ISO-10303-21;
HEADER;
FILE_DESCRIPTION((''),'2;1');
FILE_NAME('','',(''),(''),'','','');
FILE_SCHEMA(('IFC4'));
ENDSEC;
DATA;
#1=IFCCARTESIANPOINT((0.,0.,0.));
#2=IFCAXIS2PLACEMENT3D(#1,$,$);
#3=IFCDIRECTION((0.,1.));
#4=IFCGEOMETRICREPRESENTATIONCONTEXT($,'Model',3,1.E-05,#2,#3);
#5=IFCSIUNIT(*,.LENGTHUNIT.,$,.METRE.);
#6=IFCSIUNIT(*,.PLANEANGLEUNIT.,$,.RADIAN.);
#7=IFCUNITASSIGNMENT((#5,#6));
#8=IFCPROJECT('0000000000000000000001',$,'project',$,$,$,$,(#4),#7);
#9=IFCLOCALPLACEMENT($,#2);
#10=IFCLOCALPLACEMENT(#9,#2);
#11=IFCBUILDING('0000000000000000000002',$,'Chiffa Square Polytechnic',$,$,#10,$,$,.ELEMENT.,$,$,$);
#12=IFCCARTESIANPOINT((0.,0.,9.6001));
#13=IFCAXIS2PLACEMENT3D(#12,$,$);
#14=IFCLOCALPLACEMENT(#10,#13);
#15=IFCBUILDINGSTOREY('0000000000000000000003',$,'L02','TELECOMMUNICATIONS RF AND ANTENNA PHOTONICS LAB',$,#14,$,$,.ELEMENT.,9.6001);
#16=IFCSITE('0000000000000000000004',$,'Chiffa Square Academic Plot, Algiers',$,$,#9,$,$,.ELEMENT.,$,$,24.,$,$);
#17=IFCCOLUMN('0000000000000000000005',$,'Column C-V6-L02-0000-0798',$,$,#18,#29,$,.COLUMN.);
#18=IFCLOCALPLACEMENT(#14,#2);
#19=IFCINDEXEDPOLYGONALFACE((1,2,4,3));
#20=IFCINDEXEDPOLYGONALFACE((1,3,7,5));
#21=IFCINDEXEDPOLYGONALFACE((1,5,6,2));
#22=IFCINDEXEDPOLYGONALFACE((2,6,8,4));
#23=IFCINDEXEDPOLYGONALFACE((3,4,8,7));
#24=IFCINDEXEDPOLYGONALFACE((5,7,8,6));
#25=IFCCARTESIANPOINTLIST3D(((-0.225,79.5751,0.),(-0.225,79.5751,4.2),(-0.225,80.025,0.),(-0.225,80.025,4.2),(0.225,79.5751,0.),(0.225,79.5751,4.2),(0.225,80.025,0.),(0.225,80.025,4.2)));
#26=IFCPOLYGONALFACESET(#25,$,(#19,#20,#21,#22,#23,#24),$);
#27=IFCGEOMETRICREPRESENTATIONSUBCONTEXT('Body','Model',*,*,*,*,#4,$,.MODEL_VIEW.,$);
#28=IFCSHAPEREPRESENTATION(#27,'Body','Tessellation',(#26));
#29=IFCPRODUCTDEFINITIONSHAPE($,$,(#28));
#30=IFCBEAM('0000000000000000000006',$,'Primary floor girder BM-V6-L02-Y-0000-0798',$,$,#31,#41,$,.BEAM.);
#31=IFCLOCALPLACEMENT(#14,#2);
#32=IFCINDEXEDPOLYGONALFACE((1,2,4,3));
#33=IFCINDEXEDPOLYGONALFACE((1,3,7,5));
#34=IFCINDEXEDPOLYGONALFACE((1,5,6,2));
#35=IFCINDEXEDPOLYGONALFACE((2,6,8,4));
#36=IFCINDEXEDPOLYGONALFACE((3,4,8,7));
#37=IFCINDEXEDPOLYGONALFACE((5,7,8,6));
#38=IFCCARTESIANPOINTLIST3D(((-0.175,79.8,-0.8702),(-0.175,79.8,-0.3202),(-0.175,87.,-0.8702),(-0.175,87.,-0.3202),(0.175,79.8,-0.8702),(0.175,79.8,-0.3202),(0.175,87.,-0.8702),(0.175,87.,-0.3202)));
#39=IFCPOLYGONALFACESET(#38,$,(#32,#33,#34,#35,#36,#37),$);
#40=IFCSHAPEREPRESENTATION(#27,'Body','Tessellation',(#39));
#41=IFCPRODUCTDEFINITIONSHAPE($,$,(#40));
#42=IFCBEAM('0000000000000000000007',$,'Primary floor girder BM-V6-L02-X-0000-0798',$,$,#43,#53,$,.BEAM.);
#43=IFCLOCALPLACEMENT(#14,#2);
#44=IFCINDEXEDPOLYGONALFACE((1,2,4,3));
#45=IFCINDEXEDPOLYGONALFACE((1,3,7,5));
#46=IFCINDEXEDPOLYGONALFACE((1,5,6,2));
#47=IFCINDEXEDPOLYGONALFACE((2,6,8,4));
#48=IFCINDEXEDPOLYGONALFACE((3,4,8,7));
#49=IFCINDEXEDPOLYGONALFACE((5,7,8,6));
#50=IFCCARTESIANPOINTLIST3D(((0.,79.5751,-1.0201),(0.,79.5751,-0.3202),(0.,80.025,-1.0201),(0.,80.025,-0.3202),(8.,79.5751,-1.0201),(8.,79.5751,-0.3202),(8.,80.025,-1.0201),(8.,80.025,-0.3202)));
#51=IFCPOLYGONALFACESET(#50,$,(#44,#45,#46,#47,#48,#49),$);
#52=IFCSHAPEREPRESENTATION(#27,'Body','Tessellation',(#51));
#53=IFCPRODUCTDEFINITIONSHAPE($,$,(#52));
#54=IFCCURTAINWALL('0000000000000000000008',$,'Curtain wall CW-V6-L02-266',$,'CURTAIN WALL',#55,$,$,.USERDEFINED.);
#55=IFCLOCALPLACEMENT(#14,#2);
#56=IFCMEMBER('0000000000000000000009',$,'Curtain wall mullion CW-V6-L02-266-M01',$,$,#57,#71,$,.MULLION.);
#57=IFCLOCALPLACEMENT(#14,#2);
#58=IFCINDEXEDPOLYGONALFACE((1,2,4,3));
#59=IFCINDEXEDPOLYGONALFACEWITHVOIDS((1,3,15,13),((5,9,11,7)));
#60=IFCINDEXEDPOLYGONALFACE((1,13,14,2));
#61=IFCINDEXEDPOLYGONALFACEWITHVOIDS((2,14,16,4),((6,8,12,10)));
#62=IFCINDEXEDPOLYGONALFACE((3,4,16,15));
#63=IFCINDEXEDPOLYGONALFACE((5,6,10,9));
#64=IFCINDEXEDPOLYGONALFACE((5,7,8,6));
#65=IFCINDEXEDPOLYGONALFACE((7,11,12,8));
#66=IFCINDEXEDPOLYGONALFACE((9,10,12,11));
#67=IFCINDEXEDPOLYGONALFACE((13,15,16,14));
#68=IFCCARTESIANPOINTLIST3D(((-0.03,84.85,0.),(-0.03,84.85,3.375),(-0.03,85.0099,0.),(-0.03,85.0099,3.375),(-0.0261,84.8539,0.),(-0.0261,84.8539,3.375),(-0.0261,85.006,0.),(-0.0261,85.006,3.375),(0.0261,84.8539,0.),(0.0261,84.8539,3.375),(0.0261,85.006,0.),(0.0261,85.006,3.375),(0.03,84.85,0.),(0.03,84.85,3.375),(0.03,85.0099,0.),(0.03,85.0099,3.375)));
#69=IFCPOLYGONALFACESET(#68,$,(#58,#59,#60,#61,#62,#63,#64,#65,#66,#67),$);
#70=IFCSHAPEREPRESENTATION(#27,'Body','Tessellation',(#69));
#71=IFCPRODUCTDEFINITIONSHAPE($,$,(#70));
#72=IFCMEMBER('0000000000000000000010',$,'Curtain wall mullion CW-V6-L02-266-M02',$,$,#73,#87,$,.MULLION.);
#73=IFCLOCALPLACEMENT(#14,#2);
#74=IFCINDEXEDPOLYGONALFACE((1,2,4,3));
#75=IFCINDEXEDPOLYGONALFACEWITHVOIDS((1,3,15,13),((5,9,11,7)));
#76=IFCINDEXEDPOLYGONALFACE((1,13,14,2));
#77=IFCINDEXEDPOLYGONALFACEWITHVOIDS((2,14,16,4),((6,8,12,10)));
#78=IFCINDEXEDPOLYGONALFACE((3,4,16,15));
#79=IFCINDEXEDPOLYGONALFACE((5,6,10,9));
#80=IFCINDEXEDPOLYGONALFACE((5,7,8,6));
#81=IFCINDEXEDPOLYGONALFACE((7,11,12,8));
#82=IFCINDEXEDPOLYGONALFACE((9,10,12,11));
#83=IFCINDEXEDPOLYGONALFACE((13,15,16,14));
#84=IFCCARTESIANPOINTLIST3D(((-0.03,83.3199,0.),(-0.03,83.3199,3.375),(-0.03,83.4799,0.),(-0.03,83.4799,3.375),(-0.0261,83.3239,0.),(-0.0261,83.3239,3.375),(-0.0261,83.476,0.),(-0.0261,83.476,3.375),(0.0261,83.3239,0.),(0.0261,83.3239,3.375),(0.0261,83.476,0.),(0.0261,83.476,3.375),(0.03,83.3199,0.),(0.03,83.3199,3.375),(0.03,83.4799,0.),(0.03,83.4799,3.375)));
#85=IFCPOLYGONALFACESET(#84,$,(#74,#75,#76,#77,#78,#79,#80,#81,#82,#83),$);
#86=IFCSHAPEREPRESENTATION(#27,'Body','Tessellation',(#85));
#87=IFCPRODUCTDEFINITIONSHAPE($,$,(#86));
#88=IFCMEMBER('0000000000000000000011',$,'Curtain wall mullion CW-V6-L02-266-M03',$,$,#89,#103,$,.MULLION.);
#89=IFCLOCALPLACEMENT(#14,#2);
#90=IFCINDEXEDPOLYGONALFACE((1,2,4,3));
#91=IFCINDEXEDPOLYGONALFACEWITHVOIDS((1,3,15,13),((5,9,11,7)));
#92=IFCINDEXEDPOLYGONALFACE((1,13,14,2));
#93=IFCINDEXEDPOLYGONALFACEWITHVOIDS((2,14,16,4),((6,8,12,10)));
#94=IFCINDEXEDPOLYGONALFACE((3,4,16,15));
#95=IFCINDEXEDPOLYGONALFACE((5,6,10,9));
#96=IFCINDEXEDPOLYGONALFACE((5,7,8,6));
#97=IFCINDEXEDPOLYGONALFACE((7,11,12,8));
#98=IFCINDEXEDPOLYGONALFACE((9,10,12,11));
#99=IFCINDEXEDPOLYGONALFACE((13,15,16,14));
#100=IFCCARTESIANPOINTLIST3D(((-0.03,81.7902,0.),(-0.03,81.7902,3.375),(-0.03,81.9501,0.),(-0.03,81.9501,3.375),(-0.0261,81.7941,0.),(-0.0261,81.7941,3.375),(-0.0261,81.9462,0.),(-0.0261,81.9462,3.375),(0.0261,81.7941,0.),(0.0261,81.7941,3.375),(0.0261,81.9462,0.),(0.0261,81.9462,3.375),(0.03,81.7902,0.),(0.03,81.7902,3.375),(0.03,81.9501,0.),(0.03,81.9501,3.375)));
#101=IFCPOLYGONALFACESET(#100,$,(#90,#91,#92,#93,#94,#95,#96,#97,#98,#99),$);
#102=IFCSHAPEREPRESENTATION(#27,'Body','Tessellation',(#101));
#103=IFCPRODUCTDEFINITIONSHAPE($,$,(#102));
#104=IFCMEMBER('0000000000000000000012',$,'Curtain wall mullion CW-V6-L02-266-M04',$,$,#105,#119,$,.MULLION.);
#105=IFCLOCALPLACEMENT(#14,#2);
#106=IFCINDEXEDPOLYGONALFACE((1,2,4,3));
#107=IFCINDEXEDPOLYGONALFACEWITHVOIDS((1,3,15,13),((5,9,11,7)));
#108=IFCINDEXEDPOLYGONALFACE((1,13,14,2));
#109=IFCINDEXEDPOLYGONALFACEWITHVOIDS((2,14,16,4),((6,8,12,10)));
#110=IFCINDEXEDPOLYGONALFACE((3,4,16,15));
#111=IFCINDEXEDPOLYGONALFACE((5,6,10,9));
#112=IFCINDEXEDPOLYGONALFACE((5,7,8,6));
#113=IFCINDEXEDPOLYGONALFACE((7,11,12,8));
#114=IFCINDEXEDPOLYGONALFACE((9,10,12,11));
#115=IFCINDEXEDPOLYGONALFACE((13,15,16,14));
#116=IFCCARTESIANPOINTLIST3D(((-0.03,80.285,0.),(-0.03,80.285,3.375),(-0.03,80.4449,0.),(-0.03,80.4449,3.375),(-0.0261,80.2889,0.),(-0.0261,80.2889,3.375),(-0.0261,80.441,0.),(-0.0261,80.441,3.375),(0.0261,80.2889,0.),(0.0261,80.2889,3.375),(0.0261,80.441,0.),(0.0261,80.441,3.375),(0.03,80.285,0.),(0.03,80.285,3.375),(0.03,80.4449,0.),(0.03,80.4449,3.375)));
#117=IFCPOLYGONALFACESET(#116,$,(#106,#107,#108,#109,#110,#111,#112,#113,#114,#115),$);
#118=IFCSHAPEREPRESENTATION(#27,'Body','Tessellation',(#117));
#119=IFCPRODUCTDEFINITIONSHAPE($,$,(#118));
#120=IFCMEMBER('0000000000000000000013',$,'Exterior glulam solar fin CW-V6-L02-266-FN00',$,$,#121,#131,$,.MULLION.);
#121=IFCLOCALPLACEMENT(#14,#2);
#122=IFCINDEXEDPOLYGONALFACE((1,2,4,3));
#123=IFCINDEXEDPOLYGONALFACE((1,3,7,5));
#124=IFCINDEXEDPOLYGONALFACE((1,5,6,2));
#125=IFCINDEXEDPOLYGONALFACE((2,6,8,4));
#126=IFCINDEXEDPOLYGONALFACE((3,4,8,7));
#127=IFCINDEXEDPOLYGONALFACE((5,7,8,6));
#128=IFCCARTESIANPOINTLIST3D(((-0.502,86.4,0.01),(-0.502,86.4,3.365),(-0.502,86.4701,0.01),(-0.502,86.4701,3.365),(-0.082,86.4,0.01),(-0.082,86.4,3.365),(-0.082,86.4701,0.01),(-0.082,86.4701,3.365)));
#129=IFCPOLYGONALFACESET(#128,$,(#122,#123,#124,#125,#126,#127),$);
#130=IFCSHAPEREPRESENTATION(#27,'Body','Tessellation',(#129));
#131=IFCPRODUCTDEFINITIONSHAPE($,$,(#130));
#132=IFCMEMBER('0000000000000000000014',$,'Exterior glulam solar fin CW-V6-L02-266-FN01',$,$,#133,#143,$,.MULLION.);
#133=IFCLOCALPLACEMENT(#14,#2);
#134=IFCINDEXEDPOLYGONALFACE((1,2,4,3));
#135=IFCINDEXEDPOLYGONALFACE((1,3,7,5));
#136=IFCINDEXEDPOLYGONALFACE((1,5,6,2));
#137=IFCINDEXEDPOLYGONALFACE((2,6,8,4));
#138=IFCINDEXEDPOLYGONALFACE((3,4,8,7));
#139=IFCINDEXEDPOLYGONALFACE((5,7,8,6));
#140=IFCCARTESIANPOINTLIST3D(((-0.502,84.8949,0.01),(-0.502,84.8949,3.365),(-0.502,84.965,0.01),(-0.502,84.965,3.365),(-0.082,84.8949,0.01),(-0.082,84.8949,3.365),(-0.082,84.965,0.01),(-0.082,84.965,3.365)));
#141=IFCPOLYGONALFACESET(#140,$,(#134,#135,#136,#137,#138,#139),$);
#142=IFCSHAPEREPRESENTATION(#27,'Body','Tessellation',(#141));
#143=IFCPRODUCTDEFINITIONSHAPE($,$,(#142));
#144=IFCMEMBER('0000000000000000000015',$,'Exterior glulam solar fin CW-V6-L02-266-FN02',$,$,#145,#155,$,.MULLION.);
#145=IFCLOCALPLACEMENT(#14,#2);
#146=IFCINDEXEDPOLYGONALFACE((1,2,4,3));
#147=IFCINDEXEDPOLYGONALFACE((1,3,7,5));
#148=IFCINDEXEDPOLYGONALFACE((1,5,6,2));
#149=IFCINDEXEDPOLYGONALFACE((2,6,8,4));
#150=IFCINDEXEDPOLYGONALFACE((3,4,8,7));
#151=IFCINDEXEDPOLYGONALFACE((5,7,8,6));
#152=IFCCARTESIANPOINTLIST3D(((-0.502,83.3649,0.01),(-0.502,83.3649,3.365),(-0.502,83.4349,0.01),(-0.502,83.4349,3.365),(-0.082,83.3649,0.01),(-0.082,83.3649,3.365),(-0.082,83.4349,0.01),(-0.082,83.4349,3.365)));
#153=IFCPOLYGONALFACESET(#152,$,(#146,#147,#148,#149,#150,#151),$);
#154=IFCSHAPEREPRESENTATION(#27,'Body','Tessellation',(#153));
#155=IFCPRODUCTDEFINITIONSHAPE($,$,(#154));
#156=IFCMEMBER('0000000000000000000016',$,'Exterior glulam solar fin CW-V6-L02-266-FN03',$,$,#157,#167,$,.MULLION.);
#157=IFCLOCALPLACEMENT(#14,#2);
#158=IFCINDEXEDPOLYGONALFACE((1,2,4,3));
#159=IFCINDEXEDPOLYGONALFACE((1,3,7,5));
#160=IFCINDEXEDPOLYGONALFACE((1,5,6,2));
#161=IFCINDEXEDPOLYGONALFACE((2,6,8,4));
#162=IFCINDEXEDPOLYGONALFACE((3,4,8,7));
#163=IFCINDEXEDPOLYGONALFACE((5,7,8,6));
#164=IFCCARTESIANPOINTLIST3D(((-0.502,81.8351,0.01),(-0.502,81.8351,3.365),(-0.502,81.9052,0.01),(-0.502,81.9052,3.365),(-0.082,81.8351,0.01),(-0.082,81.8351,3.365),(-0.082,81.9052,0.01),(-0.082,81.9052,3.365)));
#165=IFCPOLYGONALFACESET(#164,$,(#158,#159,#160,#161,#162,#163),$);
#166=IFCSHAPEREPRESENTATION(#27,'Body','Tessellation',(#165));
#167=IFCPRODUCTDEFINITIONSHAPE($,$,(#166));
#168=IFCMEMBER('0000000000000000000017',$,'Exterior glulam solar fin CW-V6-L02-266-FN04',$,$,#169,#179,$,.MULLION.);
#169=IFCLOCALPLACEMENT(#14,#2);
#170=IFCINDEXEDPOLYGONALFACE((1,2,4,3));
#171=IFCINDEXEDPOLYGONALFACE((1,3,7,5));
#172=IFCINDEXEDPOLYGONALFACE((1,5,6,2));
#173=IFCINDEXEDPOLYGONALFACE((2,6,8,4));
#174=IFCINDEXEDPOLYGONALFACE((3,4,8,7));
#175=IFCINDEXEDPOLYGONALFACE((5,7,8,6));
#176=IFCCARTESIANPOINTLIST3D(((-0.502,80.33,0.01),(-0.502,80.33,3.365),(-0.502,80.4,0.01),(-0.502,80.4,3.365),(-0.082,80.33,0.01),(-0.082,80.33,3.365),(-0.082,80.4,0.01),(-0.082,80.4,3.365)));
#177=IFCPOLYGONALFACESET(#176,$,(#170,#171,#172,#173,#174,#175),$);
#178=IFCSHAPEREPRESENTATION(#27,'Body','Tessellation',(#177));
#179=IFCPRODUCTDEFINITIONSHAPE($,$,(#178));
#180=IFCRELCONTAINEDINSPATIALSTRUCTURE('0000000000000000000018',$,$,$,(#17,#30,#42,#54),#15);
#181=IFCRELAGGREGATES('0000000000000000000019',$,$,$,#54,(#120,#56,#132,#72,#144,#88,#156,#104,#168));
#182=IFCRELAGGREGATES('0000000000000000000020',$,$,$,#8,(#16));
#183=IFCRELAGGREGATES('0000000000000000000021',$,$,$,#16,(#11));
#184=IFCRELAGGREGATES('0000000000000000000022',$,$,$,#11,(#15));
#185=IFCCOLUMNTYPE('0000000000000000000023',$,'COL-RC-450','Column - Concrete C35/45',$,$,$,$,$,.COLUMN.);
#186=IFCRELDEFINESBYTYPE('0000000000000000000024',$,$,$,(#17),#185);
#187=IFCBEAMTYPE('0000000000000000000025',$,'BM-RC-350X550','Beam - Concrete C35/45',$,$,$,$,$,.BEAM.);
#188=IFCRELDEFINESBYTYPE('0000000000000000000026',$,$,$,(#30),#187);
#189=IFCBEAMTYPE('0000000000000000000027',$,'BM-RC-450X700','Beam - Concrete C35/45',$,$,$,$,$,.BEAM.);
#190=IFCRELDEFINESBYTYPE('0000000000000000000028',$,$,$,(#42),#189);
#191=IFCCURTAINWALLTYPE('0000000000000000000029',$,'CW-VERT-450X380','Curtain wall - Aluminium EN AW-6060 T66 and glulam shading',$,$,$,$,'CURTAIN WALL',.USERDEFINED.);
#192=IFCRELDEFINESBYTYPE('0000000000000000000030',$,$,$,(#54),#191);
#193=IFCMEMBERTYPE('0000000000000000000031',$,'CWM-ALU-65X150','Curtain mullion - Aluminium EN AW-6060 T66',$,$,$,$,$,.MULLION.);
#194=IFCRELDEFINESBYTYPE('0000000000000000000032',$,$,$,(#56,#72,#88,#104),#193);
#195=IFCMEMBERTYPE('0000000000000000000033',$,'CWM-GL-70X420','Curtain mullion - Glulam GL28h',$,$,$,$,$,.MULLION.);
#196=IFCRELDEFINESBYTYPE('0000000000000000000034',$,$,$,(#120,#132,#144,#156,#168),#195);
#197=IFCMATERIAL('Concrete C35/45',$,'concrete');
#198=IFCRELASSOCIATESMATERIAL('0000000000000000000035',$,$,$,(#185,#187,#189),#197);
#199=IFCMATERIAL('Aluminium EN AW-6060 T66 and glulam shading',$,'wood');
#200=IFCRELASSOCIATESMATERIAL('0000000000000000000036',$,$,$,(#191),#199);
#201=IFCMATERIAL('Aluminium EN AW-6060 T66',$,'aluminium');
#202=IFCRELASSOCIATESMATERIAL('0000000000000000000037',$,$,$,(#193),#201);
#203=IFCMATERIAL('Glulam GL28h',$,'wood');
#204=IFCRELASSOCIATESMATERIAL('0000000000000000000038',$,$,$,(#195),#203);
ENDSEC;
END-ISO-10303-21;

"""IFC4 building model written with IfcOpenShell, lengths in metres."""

from ifc_helpers import new_model, si_unit, direction, frame, origin, origin_2d, place, context, subcontext, project, spatial, rectangle, hollow_rectangle, extrude, material, material_profile, profile_set, type_object, element, aggregate, save


model = new_model("IFC4")

# Units and contexts
model_context = context("Model", 3, precision=1e-05, world=origin(), true_north=direction((0.0, 1.0)))
body_context = subcontext(model_context, "Body", "Model", "MODEL_VIEW")
ifc_project = project(units=[si_unit("LENGTHUNIT", "METRE"), si_unit("PLANEANGLEUNIT", "RADIAN")], contexts=[model_context])

# Site, building, storey
site_placement = place(None, origin())
site = spatial("IfcSite", under=ifc_project, at=site_placement, Name="Chiffa Square Academic Plot, Algiers", CompositionType="ELEMENT", RefElevation=24.0)
building_placement = place(site_placement, origin())
building = spatial("IfcBuilding", under=site, at=building_placement, Name="Chiffa Square Polytechnic", CompositionType="ELEMENT")
storey_placement = place(building_placement, frame((0.0, 0.0, 9.6001)))
storey = spatial("IfcBuildingStorey", under=building, at=storey_placement, Name="L02", Description="TELECOMMUNICATIONS RF AND ANTENNA PHOTONICS LAB", CompositionType="ELEMENT", Elevation=9.6001)

# Column
ifc_material_1 = material(Name="Concrete C35/45", Category="concrete")
ifc_material_profile_1 = material_profile(ifc_material_1, rectangle(XDim=0.45, YDim=0.45, at=origin_2d()), Name="RC 450x450")
ifc_profile_set_1 = profile_set([ifc_material_profile_1], Name="Concrete C35/45")
column_type = type_object("IfcColumnType", Name="COL-RC-450", Description="Column - Concrete C35/45", PredefinedType="COLUMN", material=ifc_profile_set_1)
column_placement = place(storey_placement, frame((0.0, 79.8, 0.0), z_axis=(0.0, 0.0, 1.0), x_axis=(1.0, 0.0, 0.0)))
element("IfcColumn", 1, at=column_placement, inside=storey, type_object=column_type, Name="Column C-V6-L02-0000-0798", PredefinedType="COLUMN", context=body_context, shape_type="SweptSolid", body=[
    extrude(rectangle(XDim=0.45, YDim=0.45, at=origin_2d()), origin(), (0.0, 0.0, 1.0), 4.2),
])

# Beams
ifc_material_profile_2 = material_profile(ifc_material_1, rectangle(XDim=0.3501, YDim=0.55, at=origin_2d()), Name="RC 350x550")
ifc_profile_set_2 = profile_set([ifc_material_profile_2], Name="Concrete C35/45")
beam_type_1 = type_object("IfcBeamType", Name="BM-RC-350X550", Description="Beam - Concrete C35/45", PredefinedType="BEAM", material=ifc_profile_set_2)
beam_1_placement = place(storey_placement, frame((0.0, 79.8, -0.5952), z_axis=(0.0, 1.0, 0.0), x_axis=(-1.0, 0.0, 0.0)))
element("IfcBeam", 2, at=beam_1_placement, inside=storey, type_object=beam_type_1, Name="Primary floor girder BM-V6-L02-Y-0000-0798", PredefinedType="BEAM", context=body_context, shape_type="SweptSolid", body=[
    extrude(rectangle(XDim=0.3501, YDim=0.55, at=origin_2d()), origin(), (0.0, 0.0, 1.0), 7.2),
])
ifc_material_profile_3 = material_profile(ifc_material_1, rectangle(XDim=0.45, YDim=0.7, at=origin_2d()), Name="RC 450x700")
ifc_profile_set_3 = profile_set([ifc_material_profile_3], Name="Concrete C35/45")
beam_type_2 = type_object("IfcBeamType", Name="BM-RC-450X700", Description="Beam - Concrete C35/45", PredefinedType="BEAM", material=ifc_profile_set_3)
beam_2_placement = place(storey_placement, frame((0.0, 79.8, -0.6702), z_axis=(1.0, 0.0, 0.0), x_axis=(0.0, 1.0, 0.0)))
element("IfcBeam", 3, at=beam_2_placement, inside=storey, type_object=beam_type_2, Name="Primary floor girder BM-V6-L02-X-0000-0798", PredefinedType="BEAM", context=body_context, shape_type="SweptSolid", body=[
    extrude(rectangle(XDim=0.45, YDim=0.7, at=origin_2d()), origin(), (0.0, 0.0, 1.0), 8.0),
])

# Curtain wall, members
ifc_material_2 = material(Name="Aluminium EN AW-6060 T66 and glulam shading", Category="wood")
curtain_wall_type = type_object("IfcCurtainWallType", Name="CW-VERT-450X380", Description="Curtain wall - Aluminium EN AW-6060 T66 and glulam shading", ElementType="CURTAIN WALL", PredefinedType="USERDEFINED", material=ifc_material_2)
curtain_wall_placement = place(storey_placement, origin())
curtain_wall = element("IfcCurtainWall", 4, at=curtain_wall_placement, inside=storey, type_object=curtain_wall_type, Name="Curtain wall CW-V6-L02-266", ObjectType="CURTAIN WALL", PredefinedType="USERDEFINED")
ifc_material_3 = material(Name="Aluminium EN AW-6060 T66", Category="aluminium")
ifc_material_profile_4 = material_profile(ifc_material_3, hollow_rectangle(XDim=0.0601, YDim=0.1599, WallThickness=0.0039, at=origin_2d()), Name="ALU 60x160x4")
ifc_profile_set_4 = profile_set([ifc_material_profile_4], Name="Aluminium EN AW-6060 T66")
member_type_1 = type_object("IfcMemberType", Name="CWM-ALU-65X150", Description="Curtain mullion - Aluminium EN AW-6060 T66", PredefinedType="MULLION", material=ifc_profile_set_4)
member_1_placement = place(storey_placement, frame((0.0, 84.9299, 0.0), z_axis=(0.0, 0.0, 1.0), x_axis=(1.0, 0.0, 0.0)))
member_1 = element("IfcMember", 5, at=member_1_placement, type_object=member_type_1, Name="Curtain wall mullion CW-V6-L02-266-M01", PredefinedType="MULLION", context=body_context, shape_type="SweptSolid", body=[
    extrude(hollow_rectangle(XDim=0.0601, YDim=0.1599, WallThickness=0.0039, at=origin_2d()), origin(), (0.0, 0.0, 1.0), 3.375),
])
member_2_placement = place(storey_placement, frame((0.0, 83.3999, 0.0), z_axis=(0.0, 0.0, 1.0), x_axis=(1.0, 0.0, 0.0)))
member_2 = element("IfcMember", 6, at=member_2_placement, type_object=member_type_1, Name="Curtain wall mullion CW-V6-L02-266-M02", PredefinedType="MULLION", context=body_context, shape_type="SweptSolid", body=[
    extrude(hollow_rectangle(XDim=0.0601, YDim=0.1599, WallThickness=0.0039, at=origin_2d()), origin(), (0.0, 0.0, 1.0), 3.375),
])
member_3_placement = place(storey_placement, frame((0.0, 81.8701, 0.0), z_axis=(0.0, 0.0, 1.0), x_axis=(1.0, 0.0, 0.0)))
member_3 = element("IfcMember", 7, at=member_3_placement, type_object=member_type_1, Name="Curtain wall mullion CW-V6-L02-266-M03", PredefinedType="MULLION", context=body_context, shape_type="SweptSolid", body=[
    extrude(hollow_rectangle(XDim=0.0601, YDim=0.1599, WallThickness=0.0039, at=origin_2d()), origin(), (0.0, 0.0, 1.0), 3.375),
])
member_4_placement = place(storey_placement, frame((0.0, 80.365, 0.0), z_axis=(0.0, 0.0, 1.0), x_axis=(1.0, 0.0, 0.0)))
member_4 = element("IfcMember", 8, at=member_4_placement, type_object=member_type_1, Name="Curtain wall mullion CW-V6-L02-266-M04", PredefinedType="MULLION", context=body_context, shape_type="SweptSolid", body=[
    extrude(hollow_rectangle(XDim=0.0601, YDim=0.1599, WallThickness=0.0039, at=origin_2d()), origin(), (0.0, 0.0, 1.0), 3.375),
])
ifc_material_4 = material(Name="Glulam GL28h", Category="wood")
ifc_material_profile_5 = material_profile(ifc_material_4, rectangle(XDim=0.0701, YDim=0.4199, at=origin_2d()), Name="GL28h 70x420")
ifc_profile_set_5 = profile_set([ifc_material_profile_5], Name="Glulam GL28h")
member_type_2 = type_object("IfcMemberType", Name="CWM-GL-70X420", Description="Curtain mullion - Glulam GL28h", PredefinedType="MULLION", material=ifc_profile_set_5)
member_5_placement = place(storey_placement, frame((-0.292, 86.4351, 0.01), z_axis=(0.0, 0.0, 1.0), x_axis=(0.0, -1.0, 0.0)))
member_5 = element("IfcMember", 9, at=member_5_placement, type_object=member_type_2, Name="Exterior glulam solar fin CW-V6-L02-266-FN00", PredefinedType="MULLION", context=body_context, shape_type="SweptSolid", body=[
    extrude(rectangle(XDim=0.0701, YDim=0.4199, at=origin_2d()), origin(), (0.0, 0.0, 1.0), 3.355),
])
member_6_placement = place(storey_placement, frame((-0.292, 84.9299, 0.01), z_axis=(0.0, 0.0, 1.0), x_axis=(0.0, -1.0, 0.0)))
member_6 = element("IfcMember", 10, at=member_6_placement, type_object=member_type_2, Name="Exterior glulam solar fin CW-V6-L02-266-FN01", PredefinedType="MULLION", context=body_context, shape_type="SweptSolid", body=[
    extrude(rectangle(XDim=0.0701, YDim=0.4199, at=origin_2d()), origin(), (0.0, 0.0, 1.0), 3.355),
])
member_7_placement = place(storey_placement, frame((-0.292, 83.3999, 0.01), z_axis=(0.0, 0.0, 1.0), x_axis=(0.0, -1.0, 0.0)))
member_7 = element("IfcMember", 11, at=member_7_placement, type_object=member_type_2, Name="Exterior glulam solar fin CW-V6-L02-266-FN02", PredefinedType="MULLION", context=body_context, shape_type="SweptSolid", body=[
    extrude(rectangle(XDim=0.0701, YDim=0.4199, at=origin_2d()), origin(), (0.0, 0.0, 1.0), 3.355),
])
member_8_placement = place(storey_placement, frame((-0.292, 81.8701, 0.01), z_axis=(0.0, 0.0, 1.0), x_axis=(0.0, -1.0, 0.0)))
member_8 = element("IfcMember", 12, at=member_8_placement, type_object=member_type_2, Name="Exterior glulam solar fin CW-V6-L02-266-FN03", PredefinedType="MULLION", context=body_context, shape_type="SweptSolid", body=[
    extrude(rectangle(XDim=0.0701, YDim=0.4199, at=origin_2d()), origin(), (0.0, 0.0, 1.0), 3.355),
])
member_9_placement = place(storey_placement, frame((-0.292, 80.365, 0.01), z_axis=(0.0, 0.0, 1.0), x_axis=(0.0, -1.0, 0.0)))
member_9 = element("IfcMember", 13, at=member_9_placement, type_object=member_type_2, Name="Exterior glulam solar fin CW-V6-L02-266-FN04", PredefinedType="MULLION", context=body_context, shape_type="SweptSolid", body=[
    extrude(rectangle(XDim=0.0701, YDim=0.4199, at=origin_2d()), origin(), (0.0, 0.0, 1.0), 3.355),
])

aggregate(curtain_wall, [member_5, member_1, member_6, member_2, member_7, member_3, member_8, member_4, member_9])

save(model, "model.ifc")
